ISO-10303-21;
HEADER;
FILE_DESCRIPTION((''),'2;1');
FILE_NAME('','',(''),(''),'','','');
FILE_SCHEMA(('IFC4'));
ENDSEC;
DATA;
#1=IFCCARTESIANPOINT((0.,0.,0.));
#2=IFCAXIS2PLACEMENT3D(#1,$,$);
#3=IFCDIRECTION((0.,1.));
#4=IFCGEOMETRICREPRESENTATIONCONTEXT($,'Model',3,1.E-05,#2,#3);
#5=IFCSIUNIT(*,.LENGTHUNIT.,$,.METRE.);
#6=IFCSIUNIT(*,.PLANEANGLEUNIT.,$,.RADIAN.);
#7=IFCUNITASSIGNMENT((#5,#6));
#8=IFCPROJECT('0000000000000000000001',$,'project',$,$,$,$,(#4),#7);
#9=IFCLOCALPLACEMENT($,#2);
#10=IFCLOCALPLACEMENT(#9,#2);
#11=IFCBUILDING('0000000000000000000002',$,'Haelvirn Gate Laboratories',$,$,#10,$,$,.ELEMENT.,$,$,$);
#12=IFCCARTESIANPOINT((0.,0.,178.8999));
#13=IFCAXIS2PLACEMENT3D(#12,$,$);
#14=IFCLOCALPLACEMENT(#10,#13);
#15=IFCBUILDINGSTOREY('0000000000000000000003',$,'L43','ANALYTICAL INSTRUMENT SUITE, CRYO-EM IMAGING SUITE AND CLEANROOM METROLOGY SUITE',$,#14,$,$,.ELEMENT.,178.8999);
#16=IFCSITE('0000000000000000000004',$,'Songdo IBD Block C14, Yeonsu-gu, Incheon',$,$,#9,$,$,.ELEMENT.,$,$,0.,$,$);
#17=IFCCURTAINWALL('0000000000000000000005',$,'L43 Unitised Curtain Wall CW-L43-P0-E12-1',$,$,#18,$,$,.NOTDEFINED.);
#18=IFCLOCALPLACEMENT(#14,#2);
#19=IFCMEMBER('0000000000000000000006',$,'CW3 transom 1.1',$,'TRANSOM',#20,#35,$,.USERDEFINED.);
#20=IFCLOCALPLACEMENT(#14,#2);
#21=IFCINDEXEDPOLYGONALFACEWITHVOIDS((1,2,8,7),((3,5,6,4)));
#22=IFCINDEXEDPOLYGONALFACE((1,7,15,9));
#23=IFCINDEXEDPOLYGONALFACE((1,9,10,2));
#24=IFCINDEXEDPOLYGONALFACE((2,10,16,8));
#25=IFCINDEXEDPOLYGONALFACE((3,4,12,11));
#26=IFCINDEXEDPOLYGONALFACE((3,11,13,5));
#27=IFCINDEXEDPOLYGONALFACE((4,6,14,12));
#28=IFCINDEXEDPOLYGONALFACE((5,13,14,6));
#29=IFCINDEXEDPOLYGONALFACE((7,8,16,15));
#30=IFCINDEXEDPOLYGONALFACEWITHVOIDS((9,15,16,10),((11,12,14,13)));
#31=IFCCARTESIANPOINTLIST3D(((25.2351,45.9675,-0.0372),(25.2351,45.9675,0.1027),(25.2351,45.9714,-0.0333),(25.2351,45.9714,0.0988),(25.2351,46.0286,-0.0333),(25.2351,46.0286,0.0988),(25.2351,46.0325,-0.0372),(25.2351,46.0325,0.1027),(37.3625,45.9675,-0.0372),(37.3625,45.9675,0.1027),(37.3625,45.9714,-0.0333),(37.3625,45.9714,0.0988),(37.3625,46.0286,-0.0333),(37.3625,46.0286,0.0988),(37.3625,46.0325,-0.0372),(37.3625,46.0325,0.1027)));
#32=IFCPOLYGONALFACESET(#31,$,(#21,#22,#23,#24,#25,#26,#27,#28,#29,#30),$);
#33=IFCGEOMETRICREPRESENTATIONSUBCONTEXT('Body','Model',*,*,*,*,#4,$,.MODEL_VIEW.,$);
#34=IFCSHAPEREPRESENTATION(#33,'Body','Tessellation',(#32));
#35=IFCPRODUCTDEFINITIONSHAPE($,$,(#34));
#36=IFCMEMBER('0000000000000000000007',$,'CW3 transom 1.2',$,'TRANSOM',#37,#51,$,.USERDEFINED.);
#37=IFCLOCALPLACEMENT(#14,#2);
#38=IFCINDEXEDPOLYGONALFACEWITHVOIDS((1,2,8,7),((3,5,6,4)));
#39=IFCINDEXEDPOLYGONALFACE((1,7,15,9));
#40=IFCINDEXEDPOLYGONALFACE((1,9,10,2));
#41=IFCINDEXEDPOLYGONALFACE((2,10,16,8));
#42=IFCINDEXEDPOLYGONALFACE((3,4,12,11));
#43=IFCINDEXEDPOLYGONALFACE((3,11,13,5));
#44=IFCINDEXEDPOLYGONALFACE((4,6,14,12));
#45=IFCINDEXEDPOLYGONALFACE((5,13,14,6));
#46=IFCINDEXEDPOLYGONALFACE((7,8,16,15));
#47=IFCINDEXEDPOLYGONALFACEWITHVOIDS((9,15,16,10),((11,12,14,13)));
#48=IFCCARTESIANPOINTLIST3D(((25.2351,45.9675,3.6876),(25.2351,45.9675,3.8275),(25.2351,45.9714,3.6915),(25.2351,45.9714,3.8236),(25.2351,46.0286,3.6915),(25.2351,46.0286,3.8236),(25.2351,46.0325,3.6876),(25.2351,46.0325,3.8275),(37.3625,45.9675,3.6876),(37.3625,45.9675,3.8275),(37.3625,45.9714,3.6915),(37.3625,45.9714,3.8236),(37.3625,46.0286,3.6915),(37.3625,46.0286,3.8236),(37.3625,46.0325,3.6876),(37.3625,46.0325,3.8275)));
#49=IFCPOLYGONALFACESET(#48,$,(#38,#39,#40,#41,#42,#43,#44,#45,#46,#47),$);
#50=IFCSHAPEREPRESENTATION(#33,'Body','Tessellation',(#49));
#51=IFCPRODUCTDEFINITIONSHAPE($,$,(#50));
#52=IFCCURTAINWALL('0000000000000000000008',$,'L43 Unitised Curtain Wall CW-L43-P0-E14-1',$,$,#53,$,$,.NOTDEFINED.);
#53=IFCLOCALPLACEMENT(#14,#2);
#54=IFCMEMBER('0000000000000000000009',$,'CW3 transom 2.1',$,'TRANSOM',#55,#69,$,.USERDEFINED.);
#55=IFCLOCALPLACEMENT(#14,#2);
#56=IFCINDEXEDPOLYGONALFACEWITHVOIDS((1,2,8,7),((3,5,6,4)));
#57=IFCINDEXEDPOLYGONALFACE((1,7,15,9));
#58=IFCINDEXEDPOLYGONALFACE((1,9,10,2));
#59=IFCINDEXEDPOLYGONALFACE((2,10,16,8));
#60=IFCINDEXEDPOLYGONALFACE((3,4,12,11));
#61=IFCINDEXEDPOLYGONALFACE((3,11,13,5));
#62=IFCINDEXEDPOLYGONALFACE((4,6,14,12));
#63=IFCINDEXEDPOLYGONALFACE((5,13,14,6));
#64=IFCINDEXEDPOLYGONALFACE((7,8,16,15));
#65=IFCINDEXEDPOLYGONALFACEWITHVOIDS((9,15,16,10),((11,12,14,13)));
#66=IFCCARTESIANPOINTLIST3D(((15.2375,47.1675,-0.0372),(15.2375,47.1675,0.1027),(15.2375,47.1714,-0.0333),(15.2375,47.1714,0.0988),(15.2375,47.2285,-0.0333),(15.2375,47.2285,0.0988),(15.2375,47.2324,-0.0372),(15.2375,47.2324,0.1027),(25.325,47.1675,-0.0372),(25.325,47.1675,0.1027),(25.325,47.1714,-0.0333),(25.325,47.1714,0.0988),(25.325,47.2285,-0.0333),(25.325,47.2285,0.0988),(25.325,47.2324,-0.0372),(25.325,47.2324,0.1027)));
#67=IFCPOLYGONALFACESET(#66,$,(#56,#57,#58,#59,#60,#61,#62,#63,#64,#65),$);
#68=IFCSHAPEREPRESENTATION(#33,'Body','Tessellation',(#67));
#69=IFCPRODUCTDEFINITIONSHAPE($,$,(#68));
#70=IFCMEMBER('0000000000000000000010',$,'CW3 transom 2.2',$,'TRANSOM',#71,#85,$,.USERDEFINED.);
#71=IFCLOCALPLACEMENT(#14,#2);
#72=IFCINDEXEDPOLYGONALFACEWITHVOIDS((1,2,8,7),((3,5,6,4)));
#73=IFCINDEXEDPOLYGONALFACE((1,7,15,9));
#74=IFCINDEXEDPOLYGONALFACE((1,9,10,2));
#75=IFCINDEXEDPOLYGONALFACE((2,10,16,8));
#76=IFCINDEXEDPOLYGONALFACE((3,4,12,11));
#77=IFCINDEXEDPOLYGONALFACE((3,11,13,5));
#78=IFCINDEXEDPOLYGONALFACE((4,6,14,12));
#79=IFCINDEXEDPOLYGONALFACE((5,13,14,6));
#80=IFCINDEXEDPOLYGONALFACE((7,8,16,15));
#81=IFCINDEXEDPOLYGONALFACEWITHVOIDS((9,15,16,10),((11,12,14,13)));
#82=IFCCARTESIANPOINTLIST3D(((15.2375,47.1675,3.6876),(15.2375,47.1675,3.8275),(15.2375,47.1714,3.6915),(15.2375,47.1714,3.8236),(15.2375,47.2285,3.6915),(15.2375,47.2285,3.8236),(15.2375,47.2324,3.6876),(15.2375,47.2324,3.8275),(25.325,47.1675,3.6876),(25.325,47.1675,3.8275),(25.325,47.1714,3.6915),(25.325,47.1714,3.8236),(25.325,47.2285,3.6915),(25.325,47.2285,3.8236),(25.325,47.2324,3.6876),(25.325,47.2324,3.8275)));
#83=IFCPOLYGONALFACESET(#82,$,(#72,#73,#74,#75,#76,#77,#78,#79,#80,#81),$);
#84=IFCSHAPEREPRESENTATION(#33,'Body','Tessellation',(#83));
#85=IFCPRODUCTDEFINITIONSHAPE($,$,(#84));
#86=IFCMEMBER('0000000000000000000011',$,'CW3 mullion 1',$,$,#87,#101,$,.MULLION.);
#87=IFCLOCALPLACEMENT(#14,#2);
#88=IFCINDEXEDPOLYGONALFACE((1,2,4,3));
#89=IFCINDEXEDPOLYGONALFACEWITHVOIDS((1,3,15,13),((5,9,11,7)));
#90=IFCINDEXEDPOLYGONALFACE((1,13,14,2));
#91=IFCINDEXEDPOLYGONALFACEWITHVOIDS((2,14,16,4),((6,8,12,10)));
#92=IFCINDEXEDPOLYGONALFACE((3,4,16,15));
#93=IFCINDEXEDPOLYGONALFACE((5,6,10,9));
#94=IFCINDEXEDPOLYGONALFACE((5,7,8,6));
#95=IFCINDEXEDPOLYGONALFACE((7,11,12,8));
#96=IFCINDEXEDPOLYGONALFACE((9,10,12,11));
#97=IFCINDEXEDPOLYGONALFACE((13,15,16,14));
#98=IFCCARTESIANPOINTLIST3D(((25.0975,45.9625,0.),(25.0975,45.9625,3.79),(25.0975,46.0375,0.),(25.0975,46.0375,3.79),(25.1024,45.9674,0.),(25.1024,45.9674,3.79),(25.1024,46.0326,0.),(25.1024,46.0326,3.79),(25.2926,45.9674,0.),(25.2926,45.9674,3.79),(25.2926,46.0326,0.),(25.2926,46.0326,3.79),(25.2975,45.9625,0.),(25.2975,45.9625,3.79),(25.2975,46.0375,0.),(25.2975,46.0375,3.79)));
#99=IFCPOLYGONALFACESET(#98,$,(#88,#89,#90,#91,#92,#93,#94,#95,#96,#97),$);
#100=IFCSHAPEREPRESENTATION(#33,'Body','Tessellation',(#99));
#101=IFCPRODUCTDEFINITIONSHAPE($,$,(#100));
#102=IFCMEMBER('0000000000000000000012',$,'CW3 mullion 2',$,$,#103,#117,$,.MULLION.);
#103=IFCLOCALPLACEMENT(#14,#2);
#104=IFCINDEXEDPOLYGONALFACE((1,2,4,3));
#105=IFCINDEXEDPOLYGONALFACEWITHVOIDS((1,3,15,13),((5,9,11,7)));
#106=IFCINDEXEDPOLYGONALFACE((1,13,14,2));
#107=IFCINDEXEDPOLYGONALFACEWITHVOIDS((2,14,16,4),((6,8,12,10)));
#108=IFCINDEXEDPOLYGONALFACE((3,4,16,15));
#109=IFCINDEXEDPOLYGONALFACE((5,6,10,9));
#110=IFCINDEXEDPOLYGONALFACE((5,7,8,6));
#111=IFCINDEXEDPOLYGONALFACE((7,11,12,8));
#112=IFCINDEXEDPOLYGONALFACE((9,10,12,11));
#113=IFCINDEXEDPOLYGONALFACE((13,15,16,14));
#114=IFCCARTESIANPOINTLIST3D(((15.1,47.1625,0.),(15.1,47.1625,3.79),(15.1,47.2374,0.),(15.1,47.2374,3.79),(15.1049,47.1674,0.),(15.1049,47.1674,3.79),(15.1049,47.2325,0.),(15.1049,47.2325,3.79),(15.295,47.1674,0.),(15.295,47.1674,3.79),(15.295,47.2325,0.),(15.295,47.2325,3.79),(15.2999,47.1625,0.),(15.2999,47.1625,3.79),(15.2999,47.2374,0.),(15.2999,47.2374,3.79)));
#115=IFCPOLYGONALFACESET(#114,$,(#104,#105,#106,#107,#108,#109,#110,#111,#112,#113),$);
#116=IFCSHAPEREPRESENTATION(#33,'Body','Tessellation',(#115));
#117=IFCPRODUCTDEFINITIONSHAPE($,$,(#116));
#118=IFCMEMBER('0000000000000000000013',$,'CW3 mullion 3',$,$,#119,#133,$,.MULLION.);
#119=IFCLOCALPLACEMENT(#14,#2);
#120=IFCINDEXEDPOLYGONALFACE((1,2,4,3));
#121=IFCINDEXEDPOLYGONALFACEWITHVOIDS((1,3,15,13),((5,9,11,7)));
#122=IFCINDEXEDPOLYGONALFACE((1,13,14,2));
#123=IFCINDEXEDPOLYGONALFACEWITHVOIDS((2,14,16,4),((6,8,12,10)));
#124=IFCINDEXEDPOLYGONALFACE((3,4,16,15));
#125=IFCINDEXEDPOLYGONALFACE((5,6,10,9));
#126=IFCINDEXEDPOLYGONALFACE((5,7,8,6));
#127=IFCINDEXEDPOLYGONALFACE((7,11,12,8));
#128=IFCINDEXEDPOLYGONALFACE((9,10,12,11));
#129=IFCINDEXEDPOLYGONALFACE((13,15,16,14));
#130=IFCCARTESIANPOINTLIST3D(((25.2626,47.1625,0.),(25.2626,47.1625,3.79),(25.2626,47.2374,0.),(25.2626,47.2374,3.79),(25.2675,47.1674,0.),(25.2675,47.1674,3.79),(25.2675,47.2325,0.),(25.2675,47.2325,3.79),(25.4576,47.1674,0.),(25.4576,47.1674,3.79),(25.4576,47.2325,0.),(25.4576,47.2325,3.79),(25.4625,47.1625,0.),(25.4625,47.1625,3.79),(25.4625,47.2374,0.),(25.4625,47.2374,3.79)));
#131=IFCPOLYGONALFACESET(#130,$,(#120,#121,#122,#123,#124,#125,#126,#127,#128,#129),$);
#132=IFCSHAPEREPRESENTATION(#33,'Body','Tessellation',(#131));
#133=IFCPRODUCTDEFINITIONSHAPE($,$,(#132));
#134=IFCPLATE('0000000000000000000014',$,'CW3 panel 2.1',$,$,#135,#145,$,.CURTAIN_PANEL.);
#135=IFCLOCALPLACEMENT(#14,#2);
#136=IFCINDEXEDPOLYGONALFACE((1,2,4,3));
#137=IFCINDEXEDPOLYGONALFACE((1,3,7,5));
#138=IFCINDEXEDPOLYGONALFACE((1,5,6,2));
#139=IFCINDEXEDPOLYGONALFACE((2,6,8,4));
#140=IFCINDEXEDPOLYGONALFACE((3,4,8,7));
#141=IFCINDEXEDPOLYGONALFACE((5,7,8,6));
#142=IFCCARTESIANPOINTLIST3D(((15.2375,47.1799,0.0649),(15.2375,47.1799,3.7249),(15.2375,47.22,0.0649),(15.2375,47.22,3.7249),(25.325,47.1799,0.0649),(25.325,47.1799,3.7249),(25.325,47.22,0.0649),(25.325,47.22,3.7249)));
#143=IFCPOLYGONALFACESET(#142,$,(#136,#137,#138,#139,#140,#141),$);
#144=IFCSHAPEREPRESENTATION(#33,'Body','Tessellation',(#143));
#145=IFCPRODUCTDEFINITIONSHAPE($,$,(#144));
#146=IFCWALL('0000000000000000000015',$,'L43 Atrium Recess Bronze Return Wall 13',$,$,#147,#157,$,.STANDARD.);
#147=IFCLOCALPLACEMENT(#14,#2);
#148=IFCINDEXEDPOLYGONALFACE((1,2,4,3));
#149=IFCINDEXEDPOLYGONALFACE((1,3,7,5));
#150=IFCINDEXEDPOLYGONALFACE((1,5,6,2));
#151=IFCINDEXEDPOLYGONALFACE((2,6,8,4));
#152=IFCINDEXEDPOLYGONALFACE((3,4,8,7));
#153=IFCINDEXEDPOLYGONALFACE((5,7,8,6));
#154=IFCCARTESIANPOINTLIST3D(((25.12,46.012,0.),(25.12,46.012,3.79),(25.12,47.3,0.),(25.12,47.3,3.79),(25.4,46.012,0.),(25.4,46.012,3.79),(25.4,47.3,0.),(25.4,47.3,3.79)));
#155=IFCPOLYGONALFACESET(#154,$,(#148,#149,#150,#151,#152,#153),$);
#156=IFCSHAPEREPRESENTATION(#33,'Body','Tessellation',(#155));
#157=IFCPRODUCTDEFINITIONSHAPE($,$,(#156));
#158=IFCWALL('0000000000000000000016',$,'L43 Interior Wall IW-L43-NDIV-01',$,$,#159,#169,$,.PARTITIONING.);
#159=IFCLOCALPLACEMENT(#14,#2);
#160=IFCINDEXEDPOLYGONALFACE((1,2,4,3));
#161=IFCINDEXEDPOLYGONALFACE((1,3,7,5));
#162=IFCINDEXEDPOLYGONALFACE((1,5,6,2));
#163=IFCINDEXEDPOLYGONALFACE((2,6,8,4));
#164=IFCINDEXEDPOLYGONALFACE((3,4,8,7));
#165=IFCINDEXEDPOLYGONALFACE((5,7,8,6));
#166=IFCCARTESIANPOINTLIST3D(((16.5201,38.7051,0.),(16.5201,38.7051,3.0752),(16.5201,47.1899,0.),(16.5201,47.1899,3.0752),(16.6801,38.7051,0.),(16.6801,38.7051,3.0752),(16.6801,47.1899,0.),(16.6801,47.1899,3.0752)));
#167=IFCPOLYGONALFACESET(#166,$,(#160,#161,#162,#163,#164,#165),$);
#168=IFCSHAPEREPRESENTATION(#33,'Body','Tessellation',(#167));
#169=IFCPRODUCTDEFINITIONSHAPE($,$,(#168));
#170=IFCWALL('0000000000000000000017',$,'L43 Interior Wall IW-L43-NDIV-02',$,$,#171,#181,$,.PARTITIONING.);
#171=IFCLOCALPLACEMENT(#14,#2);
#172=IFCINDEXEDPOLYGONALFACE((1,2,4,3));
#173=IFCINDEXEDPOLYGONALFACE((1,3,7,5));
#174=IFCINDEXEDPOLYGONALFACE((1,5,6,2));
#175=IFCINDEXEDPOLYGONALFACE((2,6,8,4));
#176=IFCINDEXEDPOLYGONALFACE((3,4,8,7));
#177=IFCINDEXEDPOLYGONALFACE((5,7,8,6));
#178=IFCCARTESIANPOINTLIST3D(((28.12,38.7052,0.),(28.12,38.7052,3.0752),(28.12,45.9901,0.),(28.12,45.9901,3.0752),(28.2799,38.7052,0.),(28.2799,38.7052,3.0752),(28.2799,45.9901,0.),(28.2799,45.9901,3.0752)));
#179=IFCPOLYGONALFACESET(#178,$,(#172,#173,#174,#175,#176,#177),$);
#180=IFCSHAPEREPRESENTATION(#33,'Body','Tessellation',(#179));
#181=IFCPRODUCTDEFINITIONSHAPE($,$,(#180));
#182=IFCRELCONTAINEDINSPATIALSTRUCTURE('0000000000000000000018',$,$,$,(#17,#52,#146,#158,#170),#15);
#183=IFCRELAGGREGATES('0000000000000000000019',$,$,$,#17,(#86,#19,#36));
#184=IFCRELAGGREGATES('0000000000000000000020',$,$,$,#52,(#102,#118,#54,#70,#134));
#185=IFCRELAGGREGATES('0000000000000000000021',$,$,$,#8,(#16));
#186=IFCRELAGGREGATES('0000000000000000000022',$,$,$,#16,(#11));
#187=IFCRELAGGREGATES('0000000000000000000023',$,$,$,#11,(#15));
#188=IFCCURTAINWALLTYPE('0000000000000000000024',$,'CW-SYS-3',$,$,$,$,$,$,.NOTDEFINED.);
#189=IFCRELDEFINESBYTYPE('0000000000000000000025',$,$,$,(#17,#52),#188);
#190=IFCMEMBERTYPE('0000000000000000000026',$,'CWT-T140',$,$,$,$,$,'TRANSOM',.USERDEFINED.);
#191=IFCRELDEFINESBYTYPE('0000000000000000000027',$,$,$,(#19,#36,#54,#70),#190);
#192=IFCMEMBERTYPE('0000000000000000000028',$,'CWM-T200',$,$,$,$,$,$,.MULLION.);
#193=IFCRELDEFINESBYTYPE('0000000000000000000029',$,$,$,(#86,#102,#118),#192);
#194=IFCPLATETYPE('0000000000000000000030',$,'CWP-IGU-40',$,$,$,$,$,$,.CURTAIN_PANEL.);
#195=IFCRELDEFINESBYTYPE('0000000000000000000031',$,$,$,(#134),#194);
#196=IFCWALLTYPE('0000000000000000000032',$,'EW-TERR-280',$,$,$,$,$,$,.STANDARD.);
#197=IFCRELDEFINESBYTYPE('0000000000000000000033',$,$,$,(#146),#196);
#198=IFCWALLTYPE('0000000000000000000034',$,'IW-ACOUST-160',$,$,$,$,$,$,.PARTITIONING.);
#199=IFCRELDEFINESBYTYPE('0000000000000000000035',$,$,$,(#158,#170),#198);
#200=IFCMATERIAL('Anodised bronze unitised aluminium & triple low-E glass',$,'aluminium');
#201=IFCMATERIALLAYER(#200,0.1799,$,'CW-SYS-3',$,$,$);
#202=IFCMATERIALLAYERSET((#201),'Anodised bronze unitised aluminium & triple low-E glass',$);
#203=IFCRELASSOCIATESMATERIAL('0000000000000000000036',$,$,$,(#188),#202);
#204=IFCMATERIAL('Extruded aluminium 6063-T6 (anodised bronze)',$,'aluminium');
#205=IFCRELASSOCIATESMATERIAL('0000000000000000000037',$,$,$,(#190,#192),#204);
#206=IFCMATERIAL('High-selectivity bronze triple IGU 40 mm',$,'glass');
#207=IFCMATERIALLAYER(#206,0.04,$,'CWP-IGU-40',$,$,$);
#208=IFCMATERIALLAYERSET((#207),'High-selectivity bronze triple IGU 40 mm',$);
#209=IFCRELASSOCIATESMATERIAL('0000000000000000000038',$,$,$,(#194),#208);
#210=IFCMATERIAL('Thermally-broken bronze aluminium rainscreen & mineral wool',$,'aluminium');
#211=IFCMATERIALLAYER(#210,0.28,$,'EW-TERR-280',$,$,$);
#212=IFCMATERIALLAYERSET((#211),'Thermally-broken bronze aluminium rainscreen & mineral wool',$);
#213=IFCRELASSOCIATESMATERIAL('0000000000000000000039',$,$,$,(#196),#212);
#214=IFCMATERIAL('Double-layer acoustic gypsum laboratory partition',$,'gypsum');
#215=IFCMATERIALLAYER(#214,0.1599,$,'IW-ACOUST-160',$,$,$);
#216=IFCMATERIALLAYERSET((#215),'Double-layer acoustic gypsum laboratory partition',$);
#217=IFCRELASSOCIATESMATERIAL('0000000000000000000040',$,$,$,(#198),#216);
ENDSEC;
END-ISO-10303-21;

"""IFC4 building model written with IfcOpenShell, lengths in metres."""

from ifc_helpers import new_model, si_unit, direction, frame, frame_2d, origin, origin_2d, place, context, subcontext, project, spatial, rectangle, hollow_rectangle, extrude, source, transform, mapped, material, layer, layer_set, material_profile, profile_set, type_object, type_shapes, element, aggregate, save


model = new_model("IFC4")

# Units and contexts
model_context = context("Model", 3, precision=1e-05, world=origin(), true_north=direction((0.0, 1.0)))
body_context = subcontext(model_context, "Body", "Model", "MODEL_VIEW")
ifc_project = project(units=[si_unit("LENGTHUNIT", "METRE"), si_unit("PLANEANGLEUNIT", "RADIAN")], contexts=[model_context])

# Site, building, storey
site_placement = place(None, origin())
site = spatial("IfcSite", under=ifc_project, at=site_placement, Name="Songdo IBD Block C14, Yeonsu-gu, Incheon", CompositionType="ELEMENT", RefElevation=0.0)
building_placement = place(site_placement, origin())
building = spatial("IfcBuilding", under=site, at=building_placement, Name="Haelvirn Gate Laboratories", CompositionType="ELEMENT")
storey_placement = place(building_placement, frame((0.0, 0.0, 178.8999)))
storey = spatial("IfcBuildingStorey", under=building, at=storey_placement, Name="L43", Description="ANALYTICAL INSTRUMENT SUITE, CRYO-EM IMAGING SUITE AND CLEANROOM METROLOGY SUITE", CompositionType="ELEMENT", Elevation=178.8999)

# Curtain walls, members
ifc_material_1 = material(Name="Anodised bronze unitised aluminium & triple low-E glass", Category="aluminium")
ifc_layer_1 = layer(ifc_material_1, 0.1799, Name="CW-SYS-3")
ifc_layer_set_1 = layer_set([ifc_layer_1], Name="Anodised bronze unitised aluminium & triple low-E glass")
curtain_wall_type = type_object("IfcCurtainWallType", Name="CW-SYS-3", PredefinedType="NOTDEFINED", material=ifc_layer_set_1)
curtain_wall_1_placement = place(storey_placement, origin())
curtain_wall_1 = element("IfcCurtainWall", 1, at=curtain_wall_1_placement, inside=storey, type_object=curtain_wall_type, Name="L43 Unitised Curtain Wall CW-L43-P0-E12-1", PredefinedType="NOTDEFINED")
ifc_material_2 = material(Name="Extruded aluminium 6063-T6 (anodised bronze)", Category="aluminium")
ifc_material_profile_1 = material_profile(ifc_material_2, hollow_rectangle(XDim=0.0649, YDim=0.1399, WallThickness=0.0039, at=origin_2d()), Name="CWT-140x65x4")
ifc_profile_set_1 = profile_set([ifc_material_profile_1], Name="Extruded aluminium 6063-T6 (anodised bronze)")
member_type_1 = type_object("IfcMemberType", Name="CWT-T140", ElementType="TRANSOM", PredefinedType="USERDEFINED", material=ifc_profile_set_1)
shared_shape_1 = source(origin(), body_context, "Body", "SweptSolid", [
    extrude(hollow_rectangle(XDim=0.0649, YDim=0.1399, WallThickness=0.0039, at=origin_2d()), origin(), (0.0, 0.0, 1.0), 12.1274),
])
member_1_placement = place(storey_placement, frame((25.2351, 46.0, 0.0327), z_axis=(1.0, 0.0, 0.0), x_axis=(0.0, 1.0, 0.0)))
member_1 = element("IfcMember", 2, at=member_1_placement, type_object=member_type_1, Name="CW3 transom 1.1", ObjectType="TRANSOM", PredefinedType="USERDEFINED", context=body_context, shape_type="MappedRepresentation", body=[
    mapped(shared_shape_1, transform((0.0, 0.0, 0.0), scale=1.0)),
])
member_2_placement = place(storey_placement, frame((25.2351, 46.0, 3.7576), z_axis=(1.0, 0.0, 0.0), x_axis=(0.0, 1.0, 0.0)))
member_2 = element("IfcMember", 3, at=member_2_placement, type_object=member_type_1, Name="CW3 transom 1.2", ObjectType="TRANSOM", PredefinedType="USERDEFINED", context=body_context, shape_type="MappedRepresentation", body=[
    mapped(shared_shape_1, transform((0.0, 0.0, 0.0), scale=1.0)),
])
curtain_wall_2_placement = place(storey_placement, origin())
curtain_wall_2 = element("IfcCurtainWall", 4, at=curtain_wall_2_placement, inside=storey, type_object=curtain_wall_type, Name="L43 Unitised Curtain Wall CW-L43-P0-E14-1", PredefinedType="NOTDEFINED")
shared_shape_2 = source(origin(), body_context, "Body", "SweptSolid", [
    extrude(hollow_rectangle(XDim=0.0649, YDim=0.1399, WallThickness=0.0039, at=origin_2d()), origin(), (0.0, 0.0, 1.0), 10.0874),
])
type_shapes(member_type_1, [shared_shape_1, shared_shape_2])
member_3_placement = place(storey_placement, frame((15.2375, 47.2, 0.0327), z_axis=(1.0, 0.0, 0.0), x_axis=(0.0, 1.0, 0.0)))
member_3 = element("IfcMember", 5, at=member_3_placement, type_object=member_type_1, Name="CW3 transom 2.1", ObjectType="TRANSOM", PredefinedType="USERDEFINED", context=body_context, shape_type="MappedRepresentation", body=[
    mapped(shared_shape_2, transform((0.0, 0.0, 0.0), scale=1.0)),
])
member_4_placement = place(storey_placement, frame((15.2375, 47.2, 3.7576), z_axis=(1.0, 0.0, 0.0), x_axis=(0.0, 1.0, 0.0)))
member_4 = element("IfcMember", 6, at=member_4_placement, type_object=member_type_1, Name="CW3 transom 2.2", ObjectType="TRANSOM", PredefinedType="USERDEFINED", context=body_context, shape_type="MappedRepresentation", body=[
    mapped(shared_shape_2, transform((0.0, 0.0, 0.0), scale=1.0)),
])

# Members
ifc_material_profile_2 = material_profile(ifc_material_2, hollow_rectangle(XDim=0.075, YDim=0.2, WallThickness=0.0049, at=origin_2d()), Name="CWM-200x75x5")
ifc_profile_set_2 = profile_set([ifc_material_profile_2], Name="Extruded aluminium 6063-T6 (anodised bronze)")
member_type_2 = type_object("IfcMemberType", Name="CWM-T200", PredefinedType="MULLION", material=ifc_profile_set_2)
shared_shape_3 = source(origin(), body_context, "Body", "SweptSolid", [
    extrude(hollow_rectangle(XDim=0.075, YDim=0.2, WallThickness=0.0049, at=origin_2d()), origin(), (0.0, 0.0, 1.0), 3.79),
])
type_shapes(member_type_2, [shared_shape_3])
member_5_placement = place(storey_placement, frame((25.1975, 46.0, 0.0), z_axis=(0.0, 0.0, 1.0), x_axis=(0.0, 1.0, 0.0)))
member_5 = element("IfcMember", 7, at=member_5_placement, type_object=member_type_2, Name="CW3 mullion 1", PredefinedType="MULLION", context=body_context, shape_type="MappedRepresentation", body=[
    mapped(shared_shape_3, transform((0.0, 0.0, 0.0), scale=1.0)),
])
aggregate(curtain_wall_1, [member_5, member_1, member_2])
member_6_placement = place(storey_placement, frame((15.2, 47.2, 0.0), z_axis=(0.0, 0.0, 1.0), x_axis=(0.0, 1.0, 0.0)))
member_6 = element("IfcMember", 8, at=member_6_placement, type_object=member_type_2, Name="CW3 mullion 2", PredefinedType="MULLION", context=body_context, shape_type="MappedRepresentation", body=[
    mapped(shared_shape_3, transform((0.0, 0.0, 0.0), scale=1.0)),
])
member_7_placement = place(storey_placement, frame((25.3625, 47.2, 0.0), z_axis=(0.0, 0.0, 1.0), x_axis=(0.0, 1.0, 0.0)))
member_7 = element("IfcMember", 9, at=member_7_placement, type_object=member_type_2, Name="CW3 mullion 3", PredefinedType="MULLION", context=body_context, shape_type="MappedRepresentation", body=[
    mapped(shared_shape_3, transform((0.0, 0.0, 0.0), scale=1.0)),
])

# Plate
ifc_material_3 = material(Name="High-selectivity bronze triple IGU 40 mm", Category="glass")
ifc_layer_2 = layer(ifc_material_3, 0.04, Name="CWP-IGU-40")
ifc_layer_set_2 = layer_set([ifc_layer_2], Name="High-selectivity bronze triple IGU 40 mm")
plate_type = type_object("IfcPlateType", Name="CWP-IGU-40", PredefinedType="CURTAIN_PANEL", material=ifc_layer_set_2)
shared_shape_4 = source(origin(), body_context, "Body", "SweptSolid", [
    extrude(rectangle(XDim=10.0874, YDim=0.04, at=origin_2d()), origin(), (0.0, 0.0, 1.0), 3.6599),
])
type_shapes(plate_type, [shared_shape_4])
plate_placement = place(storey_placement, frame((20.2812, 47.2, 0.0649), z_axis=(0.0, 0.0, 1.0), x_axis=(1.0, 0.0, 0.0)))
plate = element("IfcPlate", 10, at=plate_placement, type_object=plate_type, Name="CW3 panel 2.1", PredefinedType="CURTAIN_PANEL", context=body_context, shape_type="MappedRepresentation", body=[
    mapped(shared_shape_4, transform((0.0, 0.0, 0.0), scale=1.0)),
])
aggregate(curtain_wall_2, [member_6, member_7, member_3, member_4, plate])

# Walls
ifc_material_4 = material(Name="Thermally-broken bronze aluminium rainscreen & mineral wool", Category="aluminium")
ifc_layer_3 = layer(ifc_material_4, 0.28, Name="EW-TERR-280")
ifc_layer_set_3 = layer_set([ifc_layer_3], Name="Thermally-broken bronze aluminium rainscreen & mineral wool")
wall_type_1 = type_object("IfcWallType", Name="EW-TERR-280", PredefinedType="STANDARD", material=ifc_layer_set_3)
wall_1_placement = place(storey_placement, frame((25.26, 46.012, 0.0), z_axis=(0.0, 0.0, 1.0), x_axis=(0.0, 1.0, 0.0)))
element("IfcWall", 11, at=wall_1_placement, inside=storey, type_object=wall_type_1, Name="L43 Atrium Recess Bronze Return Wall 13", PredefinedType="STANDARD", context=body_context, shape_type="SweptSolid", body=[
    extrude(rectangle(XDim=1.2881, YDim=0.28, at=frame_2d((0.644, 0.0))), origin(), (0.0, 0.0, 1.0), 3.79),
])
ifc_material_5 = material(Name="Double-layer acoustic gypsum laboratory partition", Category="gypsum")
ifc_layer_4 = layer(ifc_material_5, 0.1599, Name="IW-ACOUST-160")
ifc_layer_set_4 = layer_set([ifc_layer_4], Name="Double-layer acoustic gypsum laboratory partition")
wall_type_2 = type_object("IfcWallType", Name="IW-ACOUST-160", PredefinedType="PARTITIONING", material=ifc_layer_set_4)
wall_2_placement = place(storey_placement, frame((16.6001, 38.7051, 0.0), z_axis=(0.0, 0.0, 1.0), x_axis=(0.0, 1.0, 0.0)))
element("IfcWall", 12, at=wall_2_placement, inside=storey, type_object=wall_type_2, Name="L43 Interior Wall IW-L43-NDIV-01", PredefinedType="PARTITIONING", context=body_context, shape_type="SweptSolid", body=[
    extrude(rectangle(XDim=8.4849, YDim=0.1599, at=frame_2d((4.2424, 0.0))), origin(), (0.0, 0.0, 1.0), 3.0752),
])
wall_3_placement = place(storey_placement, frame((28.2, 38.7051, 0.0), z_axis=(0.0, 0.0, 1.0), x_axis=(0.0, 1.0, 0.0)))
element("IfcWall", 13, at=wall_3_placement, inside=storey, type_object=wall_type_2, Name="L43 Interior Wall IW-L43-NDIV-02", PredefinedType="PARTITIONING", context=body_context, shape_type="SweptSolid", body=[
    extrude(rectangle(XDim=7.2849, YDim=0.1599, at=frame_2d((3.6426, 0.0))), origin(), (0.0, 0.0, 1.0), 3.0752),
])

save(model, "model.ifc")
